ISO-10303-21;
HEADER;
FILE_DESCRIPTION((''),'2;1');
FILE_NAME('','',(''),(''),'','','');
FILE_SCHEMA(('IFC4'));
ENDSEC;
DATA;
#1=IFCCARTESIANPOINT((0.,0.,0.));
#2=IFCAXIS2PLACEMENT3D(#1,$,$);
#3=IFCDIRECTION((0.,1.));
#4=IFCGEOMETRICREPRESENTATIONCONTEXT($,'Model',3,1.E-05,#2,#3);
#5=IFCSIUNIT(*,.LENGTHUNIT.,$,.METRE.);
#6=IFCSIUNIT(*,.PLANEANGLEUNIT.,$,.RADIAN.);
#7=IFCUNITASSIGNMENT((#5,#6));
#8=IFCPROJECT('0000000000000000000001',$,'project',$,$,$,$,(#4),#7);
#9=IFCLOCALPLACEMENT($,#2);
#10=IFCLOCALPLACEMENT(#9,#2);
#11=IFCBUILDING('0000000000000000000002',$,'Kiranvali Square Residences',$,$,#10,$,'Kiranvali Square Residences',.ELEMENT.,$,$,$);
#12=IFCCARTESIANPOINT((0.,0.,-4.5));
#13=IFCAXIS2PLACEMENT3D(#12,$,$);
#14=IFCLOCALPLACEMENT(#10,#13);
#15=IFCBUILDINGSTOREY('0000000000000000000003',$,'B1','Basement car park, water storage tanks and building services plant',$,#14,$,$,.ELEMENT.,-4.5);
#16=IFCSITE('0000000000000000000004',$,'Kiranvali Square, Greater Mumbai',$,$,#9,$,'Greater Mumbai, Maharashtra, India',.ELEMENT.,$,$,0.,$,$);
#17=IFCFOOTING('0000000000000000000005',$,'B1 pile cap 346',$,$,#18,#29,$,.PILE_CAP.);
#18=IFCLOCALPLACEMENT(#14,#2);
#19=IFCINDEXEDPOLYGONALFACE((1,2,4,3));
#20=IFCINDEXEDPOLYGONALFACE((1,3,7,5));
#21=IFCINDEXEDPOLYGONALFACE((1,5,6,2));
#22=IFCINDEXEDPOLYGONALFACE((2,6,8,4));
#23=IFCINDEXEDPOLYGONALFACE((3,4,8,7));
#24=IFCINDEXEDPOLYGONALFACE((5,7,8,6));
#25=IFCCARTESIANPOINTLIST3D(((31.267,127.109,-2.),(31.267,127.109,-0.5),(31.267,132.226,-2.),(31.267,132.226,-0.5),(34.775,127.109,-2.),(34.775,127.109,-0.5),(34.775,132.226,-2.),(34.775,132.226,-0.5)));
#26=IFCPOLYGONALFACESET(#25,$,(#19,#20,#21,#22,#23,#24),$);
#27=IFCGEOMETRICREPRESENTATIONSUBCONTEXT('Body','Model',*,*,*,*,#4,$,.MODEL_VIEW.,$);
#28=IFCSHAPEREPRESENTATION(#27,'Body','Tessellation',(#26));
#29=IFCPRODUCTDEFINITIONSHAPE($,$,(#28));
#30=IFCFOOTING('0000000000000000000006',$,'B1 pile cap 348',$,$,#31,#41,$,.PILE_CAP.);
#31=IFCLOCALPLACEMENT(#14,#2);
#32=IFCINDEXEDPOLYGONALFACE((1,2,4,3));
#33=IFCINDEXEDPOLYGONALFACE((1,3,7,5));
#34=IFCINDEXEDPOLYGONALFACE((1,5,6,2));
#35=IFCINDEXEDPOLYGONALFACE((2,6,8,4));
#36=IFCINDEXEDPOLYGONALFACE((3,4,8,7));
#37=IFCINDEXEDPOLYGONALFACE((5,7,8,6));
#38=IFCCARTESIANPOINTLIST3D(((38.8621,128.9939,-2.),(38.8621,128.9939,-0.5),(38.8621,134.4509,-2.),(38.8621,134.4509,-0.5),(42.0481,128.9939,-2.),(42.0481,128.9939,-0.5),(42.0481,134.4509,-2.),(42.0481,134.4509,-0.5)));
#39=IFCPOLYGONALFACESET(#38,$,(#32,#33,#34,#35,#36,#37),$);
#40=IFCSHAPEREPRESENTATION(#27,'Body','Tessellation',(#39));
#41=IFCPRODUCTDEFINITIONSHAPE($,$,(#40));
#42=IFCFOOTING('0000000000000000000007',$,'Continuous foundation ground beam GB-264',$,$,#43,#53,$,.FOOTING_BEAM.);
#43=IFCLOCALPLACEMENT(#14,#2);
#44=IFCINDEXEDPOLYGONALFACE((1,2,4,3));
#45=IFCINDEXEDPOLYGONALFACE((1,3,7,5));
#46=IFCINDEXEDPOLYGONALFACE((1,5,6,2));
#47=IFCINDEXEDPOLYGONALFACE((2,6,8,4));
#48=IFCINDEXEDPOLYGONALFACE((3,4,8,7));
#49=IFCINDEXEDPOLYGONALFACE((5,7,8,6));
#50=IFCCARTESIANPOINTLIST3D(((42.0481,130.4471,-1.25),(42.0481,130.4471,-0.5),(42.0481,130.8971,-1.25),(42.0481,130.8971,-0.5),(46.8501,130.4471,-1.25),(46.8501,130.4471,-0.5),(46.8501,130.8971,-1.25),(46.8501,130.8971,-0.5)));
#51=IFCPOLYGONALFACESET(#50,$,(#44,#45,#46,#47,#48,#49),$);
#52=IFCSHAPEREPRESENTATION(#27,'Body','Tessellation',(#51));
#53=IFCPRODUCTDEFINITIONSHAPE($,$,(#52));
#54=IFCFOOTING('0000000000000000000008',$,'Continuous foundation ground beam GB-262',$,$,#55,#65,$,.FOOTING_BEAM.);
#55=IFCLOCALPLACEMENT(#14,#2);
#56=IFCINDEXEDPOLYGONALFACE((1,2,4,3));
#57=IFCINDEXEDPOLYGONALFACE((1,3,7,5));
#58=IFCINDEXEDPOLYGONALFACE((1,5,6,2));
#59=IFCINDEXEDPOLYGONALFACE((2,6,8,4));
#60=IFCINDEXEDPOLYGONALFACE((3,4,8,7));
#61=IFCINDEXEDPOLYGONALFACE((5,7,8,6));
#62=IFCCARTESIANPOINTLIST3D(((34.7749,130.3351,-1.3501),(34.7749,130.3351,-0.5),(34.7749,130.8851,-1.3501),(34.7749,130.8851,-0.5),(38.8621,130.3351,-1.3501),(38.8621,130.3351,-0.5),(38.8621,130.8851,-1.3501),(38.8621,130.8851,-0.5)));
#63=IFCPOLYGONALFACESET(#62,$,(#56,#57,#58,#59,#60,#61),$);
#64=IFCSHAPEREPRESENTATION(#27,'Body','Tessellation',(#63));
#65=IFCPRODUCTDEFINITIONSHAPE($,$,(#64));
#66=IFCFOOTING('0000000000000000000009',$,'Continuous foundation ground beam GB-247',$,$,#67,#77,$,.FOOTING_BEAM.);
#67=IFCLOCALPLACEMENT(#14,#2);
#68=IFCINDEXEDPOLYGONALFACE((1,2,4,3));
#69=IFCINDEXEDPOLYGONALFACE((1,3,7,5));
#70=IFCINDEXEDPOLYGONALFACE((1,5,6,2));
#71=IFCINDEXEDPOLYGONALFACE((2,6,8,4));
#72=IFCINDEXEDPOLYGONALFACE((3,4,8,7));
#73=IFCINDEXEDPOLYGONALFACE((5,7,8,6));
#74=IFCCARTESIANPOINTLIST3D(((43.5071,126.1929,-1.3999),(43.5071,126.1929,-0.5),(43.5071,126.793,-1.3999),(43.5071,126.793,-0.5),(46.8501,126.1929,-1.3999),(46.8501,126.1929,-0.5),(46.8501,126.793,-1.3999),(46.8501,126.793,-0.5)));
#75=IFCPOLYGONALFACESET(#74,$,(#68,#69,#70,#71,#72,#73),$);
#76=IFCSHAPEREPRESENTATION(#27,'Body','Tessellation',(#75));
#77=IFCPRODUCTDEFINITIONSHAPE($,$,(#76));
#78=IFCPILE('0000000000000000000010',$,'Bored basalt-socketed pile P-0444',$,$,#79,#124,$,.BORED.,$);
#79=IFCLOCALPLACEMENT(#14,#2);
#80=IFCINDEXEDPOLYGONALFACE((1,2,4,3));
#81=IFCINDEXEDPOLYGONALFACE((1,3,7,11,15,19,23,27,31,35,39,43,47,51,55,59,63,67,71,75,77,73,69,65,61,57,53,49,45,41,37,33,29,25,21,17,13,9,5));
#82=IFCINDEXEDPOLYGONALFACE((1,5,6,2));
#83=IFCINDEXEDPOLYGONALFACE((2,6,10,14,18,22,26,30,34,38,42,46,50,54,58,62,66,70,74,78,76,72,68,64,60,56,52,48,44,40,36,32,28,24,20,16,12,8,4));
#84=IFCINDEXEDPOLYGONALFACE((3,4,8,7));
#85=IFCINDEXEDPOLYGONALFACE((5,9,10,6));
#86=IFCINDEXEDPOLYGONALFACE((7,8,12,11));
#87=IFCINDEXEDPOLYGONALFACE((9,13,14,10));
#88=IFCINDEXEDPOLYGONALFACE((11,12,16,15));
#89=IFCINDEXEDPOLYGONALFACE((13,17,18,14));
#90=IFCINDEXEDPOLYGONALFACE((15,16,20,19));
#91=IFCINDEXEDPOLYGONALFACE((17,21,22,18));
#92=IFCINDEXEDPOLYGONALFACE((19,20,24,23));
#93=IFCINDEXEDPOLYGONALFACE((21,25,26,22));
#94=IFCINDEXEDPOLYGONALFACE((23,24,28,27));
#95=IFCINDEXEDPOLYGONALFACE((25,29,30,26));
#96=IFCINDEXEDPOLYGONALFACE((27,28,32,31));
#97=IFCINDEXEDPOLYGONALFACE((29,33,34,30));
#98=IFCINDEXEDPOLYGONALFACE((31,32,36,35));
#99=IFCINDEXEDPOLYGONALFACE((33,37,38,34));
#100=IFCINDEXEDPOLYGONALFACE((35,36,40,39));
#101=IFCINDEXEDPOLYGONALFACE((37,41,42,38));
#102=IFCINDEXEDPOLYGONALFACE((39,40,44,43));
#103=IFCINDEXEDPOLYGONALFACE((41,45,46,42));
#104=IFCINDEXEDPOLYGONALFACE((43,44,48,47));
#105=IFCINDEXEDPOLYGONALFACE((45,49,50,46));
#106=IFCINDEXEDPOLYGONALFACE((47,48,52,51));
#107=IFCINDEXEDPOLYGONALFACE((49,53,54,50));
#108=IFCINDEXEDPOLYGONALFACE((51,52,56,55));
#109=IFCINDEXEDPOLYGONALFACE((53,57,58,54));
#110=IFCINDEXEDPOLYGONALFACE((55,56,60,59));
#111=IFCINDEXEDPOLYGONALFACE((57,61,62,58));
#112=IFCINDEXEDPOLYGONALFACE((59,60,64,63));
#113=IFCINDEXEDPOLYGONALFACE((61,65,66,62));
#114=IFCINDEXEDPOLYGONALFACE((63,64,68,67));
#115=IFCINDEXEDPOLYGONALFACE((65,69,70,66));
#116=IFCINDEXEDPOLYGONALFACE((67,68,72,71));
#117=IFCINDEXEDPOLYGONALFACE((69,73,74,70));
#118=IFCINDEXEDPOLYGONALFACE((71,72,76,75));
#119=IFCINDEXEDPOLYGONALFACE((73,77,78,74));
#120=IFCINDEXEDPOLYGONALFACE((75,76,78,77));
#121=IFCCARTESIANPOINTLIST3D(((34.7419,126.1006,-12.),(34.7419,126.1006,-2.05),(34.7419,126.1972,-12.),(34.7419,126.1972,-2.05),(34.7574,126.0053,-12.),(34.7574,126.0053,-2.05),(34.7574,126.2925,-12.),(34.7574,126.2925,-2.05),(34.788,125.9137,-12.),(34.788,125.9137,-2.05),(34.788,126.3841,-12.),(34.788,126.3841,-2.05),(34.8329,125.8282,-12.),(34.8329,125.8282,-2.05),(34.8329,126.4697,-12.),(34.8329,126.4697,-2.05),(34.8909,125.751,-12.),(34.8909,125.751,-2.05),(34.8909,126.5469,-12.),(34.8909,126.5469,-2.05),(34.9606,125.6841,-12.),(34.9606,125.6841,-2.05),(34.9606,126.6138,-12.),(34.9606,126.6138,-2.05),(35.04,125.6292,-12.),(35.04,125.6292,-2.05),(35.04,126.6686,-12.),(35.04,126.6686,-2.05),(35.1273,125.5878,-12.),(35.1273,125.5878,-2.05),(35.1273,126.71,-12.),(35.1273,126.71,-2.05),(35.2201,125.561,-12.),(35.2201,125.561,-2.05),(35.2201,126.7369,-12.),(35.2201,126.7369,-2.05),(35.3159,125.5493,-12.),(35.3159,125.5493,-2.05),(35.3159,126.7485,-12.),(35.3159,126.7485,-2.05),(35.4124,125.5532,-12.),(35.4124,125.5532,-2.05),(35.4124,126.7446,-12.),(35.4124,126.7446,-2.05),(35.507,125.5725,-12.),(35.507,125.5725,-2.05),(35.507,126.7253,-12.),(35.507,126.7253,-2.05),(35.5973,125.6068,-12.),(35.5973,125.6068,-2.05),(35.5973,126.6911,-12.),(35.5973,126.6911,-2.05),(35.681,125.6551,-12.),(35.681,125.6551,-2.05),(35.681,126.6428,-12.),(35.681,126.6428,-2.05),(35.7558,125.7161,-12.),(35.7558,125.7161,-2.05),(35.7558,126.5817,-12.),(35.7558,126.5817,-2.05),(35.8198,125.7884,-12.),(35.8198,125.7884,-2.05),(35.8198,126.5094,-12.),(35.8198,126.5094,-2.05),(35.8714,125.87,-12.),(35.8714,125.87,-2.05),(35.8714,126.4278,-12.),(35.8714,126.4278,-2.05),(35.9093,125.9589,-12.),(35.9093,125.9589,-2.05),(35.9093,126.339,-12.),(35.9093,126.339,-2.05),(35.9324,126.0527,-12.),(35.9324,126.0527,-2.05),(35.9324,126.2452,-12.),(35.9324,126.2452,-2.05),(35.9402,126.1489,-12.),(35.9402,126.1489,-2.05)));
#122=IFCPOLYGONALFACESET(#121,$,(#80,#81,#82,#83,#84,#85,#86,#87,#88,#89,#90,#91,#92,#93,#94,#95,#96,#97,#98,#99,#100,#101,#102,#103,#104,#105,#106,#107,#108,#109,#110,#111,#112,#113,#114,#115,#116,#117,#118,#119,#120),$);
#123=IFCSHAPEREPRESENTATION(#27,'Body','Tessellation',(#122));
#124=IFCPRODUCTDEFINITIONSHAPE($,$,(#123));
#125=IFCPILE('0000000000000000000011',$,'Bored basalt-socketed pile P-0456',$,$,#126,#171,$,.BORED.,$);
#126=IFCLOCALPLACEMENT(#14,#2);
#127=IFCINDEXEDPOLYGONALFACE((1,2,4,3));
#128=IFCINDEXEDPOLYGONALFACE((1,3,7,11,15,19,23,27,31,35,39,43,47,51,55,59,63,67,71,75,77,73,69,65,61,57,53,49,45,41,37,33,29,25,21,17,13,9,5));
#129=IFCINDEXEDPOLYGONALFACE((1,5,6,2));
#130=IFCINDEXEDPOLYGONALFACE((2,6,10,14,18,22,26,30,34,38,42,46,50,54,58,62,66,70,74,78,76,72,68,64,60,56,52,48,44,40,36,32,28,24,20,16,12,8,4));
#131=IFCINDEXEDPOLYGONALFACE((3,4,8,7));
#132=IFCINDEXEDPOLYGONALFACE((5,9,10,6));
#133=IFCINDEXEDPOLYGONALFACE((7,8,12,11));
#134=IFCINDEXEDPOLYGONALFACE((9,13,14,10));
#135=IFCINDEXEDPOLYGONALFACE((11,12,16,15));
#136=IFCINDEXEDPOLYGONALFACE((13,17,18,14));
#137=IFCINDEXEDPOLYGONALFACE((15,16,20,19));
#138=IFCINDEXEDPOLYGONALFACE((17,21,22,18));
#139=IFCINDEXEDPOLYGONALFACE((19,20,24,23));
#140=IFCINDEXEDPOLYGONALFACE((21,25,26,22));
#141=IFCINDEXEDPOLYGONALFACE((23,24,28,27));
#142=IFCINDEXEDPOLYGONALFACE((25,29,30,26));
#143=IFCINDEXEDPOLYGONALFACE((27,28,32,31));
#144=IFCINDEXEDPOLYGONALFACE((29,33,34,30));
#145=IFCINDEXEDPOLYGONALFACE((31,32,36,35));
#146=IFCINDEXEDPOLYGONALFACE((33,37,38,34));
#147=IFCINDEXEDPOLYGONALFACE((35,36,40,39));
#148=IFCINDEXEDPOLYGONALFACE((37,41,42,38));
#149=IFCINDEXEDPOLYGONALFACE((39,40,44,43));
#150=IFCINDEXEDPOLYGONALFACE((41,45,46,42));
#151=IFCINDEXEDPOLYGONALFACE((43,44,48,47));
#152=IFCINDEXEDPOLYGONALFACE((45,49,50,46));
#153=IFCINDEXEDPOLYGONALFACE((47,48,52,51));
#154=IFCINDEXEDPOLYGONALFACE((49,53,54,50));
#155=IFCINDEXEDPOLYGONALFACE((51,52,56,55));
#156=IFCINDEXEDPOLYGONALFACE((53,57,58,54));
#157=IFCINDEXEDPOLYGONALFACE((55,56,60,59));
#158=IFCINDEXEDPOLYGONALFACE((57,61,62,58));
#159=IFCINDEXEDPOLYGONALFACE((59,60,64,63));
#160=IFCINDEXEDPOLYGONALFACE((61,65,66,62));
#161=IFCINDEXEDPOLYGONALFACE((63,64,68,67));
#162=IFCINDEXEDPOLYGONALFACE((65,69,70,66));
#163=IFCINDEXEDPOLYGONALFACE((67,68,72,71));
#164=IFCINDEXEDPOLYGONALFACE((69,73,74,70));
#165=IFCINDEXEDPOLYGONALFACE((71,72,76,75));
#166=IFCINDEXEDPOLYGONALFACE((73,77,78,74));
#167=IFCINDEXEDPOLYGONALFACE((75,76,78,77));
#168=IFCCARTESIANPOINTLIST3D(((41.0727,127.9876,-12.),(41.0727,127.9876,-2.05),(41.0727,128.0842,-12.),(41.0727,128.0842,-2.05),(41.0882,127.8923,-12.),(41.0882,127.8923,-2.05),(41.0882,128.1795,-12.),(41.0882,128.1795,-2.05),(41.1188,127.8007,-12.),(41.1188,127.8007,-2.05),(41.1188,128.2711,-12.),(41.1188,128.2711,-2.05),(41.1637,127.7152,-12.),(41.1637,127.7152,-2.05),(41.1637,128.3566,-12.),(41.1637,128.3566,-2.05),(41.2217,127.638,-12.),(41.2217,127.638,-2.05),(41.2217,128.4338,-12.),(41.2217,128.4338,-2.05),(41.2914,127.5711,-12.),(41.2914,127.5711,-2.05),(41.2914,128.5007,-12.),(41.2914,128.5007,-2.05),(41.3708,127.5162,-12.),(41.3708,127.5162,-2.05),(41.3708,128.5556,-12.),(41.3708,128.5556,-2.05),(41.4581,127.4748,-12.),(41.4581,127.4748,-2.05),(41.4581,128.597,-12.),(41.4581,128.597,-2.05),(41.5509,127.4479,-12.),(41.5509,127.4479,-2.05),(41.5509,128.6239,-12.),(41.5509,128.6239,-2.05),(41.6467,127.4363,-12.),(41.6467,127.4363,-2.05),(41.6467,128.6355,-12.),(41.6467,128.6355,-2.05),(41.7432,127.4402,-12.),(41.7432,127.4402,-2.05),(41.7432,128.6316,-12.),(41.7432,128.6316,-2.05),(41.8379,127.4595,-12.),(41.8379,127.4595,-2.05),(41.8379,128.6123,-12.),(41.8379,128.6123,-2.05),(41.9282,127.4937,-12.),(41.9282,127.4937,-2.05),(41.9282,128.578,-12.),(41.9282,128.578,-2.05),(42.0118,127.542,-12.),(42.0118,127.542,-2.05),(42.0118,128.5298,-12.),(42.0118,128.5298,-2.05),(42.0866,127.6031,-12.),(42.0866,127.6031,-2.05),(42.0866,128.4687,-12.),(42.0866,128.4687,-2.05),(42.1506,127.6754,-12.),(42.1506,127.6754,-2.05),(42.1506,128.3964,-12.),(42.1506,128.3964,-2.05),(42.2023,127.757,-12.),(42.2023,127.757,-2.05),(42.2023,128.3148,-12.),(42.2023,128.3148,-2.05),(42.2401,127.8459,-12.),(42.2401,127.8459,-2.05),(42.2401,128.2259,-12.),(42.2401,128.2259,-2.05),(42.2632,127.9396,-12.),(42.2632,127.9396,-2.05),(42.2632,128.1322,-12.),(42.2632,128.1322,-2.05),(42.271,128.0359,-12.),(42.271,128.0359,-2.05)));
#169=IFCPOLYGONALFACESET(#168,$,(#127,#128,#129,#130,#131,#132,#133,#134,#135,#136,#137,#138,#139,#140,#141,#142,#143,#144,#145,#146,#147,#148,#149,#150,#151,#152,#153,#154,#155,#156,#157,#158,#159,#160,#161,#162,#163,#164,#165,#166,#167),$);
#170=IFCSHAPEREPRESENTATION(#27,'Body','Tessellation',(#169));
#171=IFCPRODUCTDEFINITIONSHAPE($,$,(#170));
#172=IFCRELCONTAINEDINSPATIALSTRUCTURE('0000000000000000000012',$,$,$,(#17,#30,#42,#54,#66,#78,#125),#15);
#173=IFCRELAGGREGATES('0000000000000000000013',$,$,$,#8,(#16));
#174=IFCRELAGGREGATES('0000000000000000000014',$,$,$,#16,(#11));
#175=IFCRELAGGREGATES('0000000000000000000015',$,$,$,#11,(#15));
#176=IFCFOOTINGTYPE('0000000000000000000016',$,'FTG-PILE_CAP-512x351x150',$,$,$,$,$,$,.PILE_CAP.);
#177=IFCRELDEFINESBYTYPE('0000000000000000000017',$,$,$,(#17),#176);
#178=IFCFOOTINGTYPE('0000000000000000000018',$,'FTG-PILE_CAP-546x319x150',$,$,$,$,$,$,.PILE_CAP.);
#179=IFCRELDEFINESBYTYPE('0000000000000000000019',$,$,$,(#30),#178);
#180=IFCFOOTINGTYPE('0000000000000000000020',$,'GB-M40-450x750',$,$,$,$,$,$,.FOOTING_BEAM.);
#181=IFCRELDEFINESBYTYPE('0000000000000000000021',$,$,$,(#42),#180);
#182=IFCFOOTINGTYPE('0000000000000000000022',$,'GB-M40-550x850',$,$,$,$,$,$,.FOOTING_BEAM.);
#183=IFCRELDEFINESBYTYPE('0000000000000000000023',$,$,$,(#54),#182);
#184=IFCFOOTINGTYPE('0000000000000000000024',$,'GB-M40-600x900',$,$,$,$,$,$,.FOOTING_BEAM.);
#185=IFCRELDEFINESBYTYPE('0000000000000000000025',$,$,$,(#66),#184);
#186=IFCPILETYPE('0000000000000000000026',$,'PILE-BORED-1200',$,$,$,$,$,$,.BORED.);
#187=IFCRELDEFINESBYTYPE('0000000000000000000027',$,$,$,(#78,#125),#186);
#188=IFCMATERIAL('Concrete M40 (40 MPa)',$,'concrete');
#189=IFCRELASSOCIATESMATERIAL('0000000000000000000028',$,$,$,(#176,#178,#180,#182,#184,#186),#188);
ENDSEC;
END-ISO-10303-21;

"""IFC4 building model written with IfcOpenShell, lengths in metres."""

from ifc_helpers import new_model, si_unit, direction, frame, origin, origin_2d, place, context, subcontext, project, spatial, rectangle, circle, extrude, material, material_profile, profile_set, type_object, element, save


model = new_model("IFC4")

# Units and contexts
model_context = context("Model", 3, precision=1e-05, world=origin(), true_north=direction((0.0, 1.0)))
body_context = subcontext(model_context, "Body", "Model", "MODEL_VIEW")
ifc_project = project(units=[si_unit("LENGTHUNIT", "METRE"), si_unit("PLANEANGLEUNIT", "RADIAN")], contexts=[model_context])

# Site, building, storey
site_placement = place(None, origin())
site = spatial("IfcSite", under=ifc_project, at=site_placement, Name="Kiranvali Square, Greater Mumbai", LongName="Greater Mumbai, Maharashtra, India", CompositionType="ELEMENT", RefElevation=0.0)
building_placement = place(site_placement, origin())
building = spatial("IfcBuilding", under=site, at=building_placement, Name="Kiranvali Square Residences", LongName="Kiranvali Square Residences", CompositionType="ELEMENT")
storey_placement = place(building_placement, frame((0.0, 0.0, -4.5)))
storey = spatial("IfcBuildingStorey", under=building, at=storey_placement, Name="B1", Description="Basement car park, water storage tanks and building services plant", CompositionType="ELEMENT", Elevation=-4.5)

# Footings
ifc_material_1 = material(Name="Concrete M40 (40 MPa)", Category="concrete")
footing_type_1 = type_object("IfcFootingType", Name="FTG-PILE_CAP-512x351x150", PredefinedType="PILE_CAP", material=ifc_material_1)
footing_1_placement = place(storey_placement, frame((33.021, 129.6675, -2.0), z_axis=(0.0, 0.0, 1.0), x_axis=(0.0, 1.0, 0.0)))
element("IfcFooting", 1, at=footing_1_placement, inside=storey, type_object=footing_type_1, Name="B1 pile cap 346", PredefinedType="PILE_CAP", context=body_context, shape_type="SweptSolid", body=[
    extrude(rectangle(XDim=5.1169, YDim=3.5081, at=origin_2d()), origin(), (0.0, 0.0, 1.0), 1.5),
])
footing_type_2 = type_object("IfcFootingType", Name="FTG-PILE_CAP-546x319x150", PredefinedType="PILE_CAP", material=ifc_material_1)
footing_2_placement = place(storey_placement, frame((40.4551, 131.7224, -2.0), z_axis=(0.0, 0.0, 1.0), x_axis=(0.0, 1.0, 0.0)))
element("IfcFooting", 2, at=footing_2_placement, inside=storey, type_object=footing_type_2, Name="B1 pile cap 348", PredefinedType="PILE_CAP", context=body_context, shape_type="SweptSolid", body=[
    extrude(rectangle(XDim=5.457, YDim=3.186, at=origin_2d()), origin(), (0.0, 0.0, 1.0), 1.5),
])
ifc_material_profile_1 = material_profile(ifc_material_1, rectangle(XDim=0.45, YDim=0.75, at=origin_2d()), Name="GB 450x750")
ifc_profile_set_1 = profile_set([ifc_material_profile_1], Name="Concrete M40 (40 MPa)")
footing_type_3 = type_object("IfcFootingType", Name="GB-M40-450x750", PredefinedType="FOOTING_BEAM", material=ifc_profile_set_1)
footing_3_placement = place(storey_placement, frame((42.0481, 130.6721, -0.875), z_axis=(1.0, 0.0, 0.0), x_axis=(0.0, 1.0, 0.0)))
element("IfcFooting", 3, at=footing_3_placement, inside=storey, type_object=footing_type_3, Name="Continuous foundation ground beam GB-264", PredefinedType="FOOTING_BEAM", context=body_context, shape_type="SweptSolid", body=[
    extrude(rectangle(XDim=0.45, YDim=0.75, at=origin_2d()), origin(), (0.0, 0.0, 1.0), 4.802),
])
ifc_material_profile_2 = material_profile(ifc_material_1, rectangle(XDim=0.55, YDim=0.8501, at=origin_2d()), Name="GB 550x850")
ifc_profile_set_2 = profile_set([ifc_material_profile_2], Name="Concrete M40 (40 MPa)")
footing_type_4 = type_object("IfcFootingType", Name="GB-M40-550x850", PredefinedType="FOOTING_BEAM", material=ifc_profile_set_2)
footing_4_placement = place(storey_placement, frame((34.7749, 130.6101, -0.925), z_axis=(1.0, 0.0, 0.0), x_axis=(0.0, 1.0, 0.0)))
element("IfcFooting", 4, at=footing_4_placement, inside=storey, type_object=footing_type_4, Name="Continuous foundation ground beam GB-262", PredefinedType="FOOTING_BEAM", context=body_context, shape_type="SweptSolid", body=[
    extrude(rectangle(XDim=0.55, YDim=0.8501, at=origin_2d()), origin(), (0.0, 0.0, 1.0), 4.0872),
])
ifc_material_profile_3 = material_profile(ifc_material_1, rectangle(XDim=0.6001, YDim=0.8999, at=origin_2d()), Name="GB 600x900")
ifc_profile_set_3 = profile_set([ifc_material_profile_3], Name="Concrete M40 (40 MPa)")
footing_type_5 = type_object("IfcFootingType", Name="GB-M40-600x900", PredefinedType="FOOTING_BEAM", material=ifc_profile_set_3)
footing_5_placement = place(storey_placement, frame((43.5071, 126.4929, -0.95), z_axis=(1.0, 0.0, 0.0), x_axis=(0.0, 1.0, 0.0)))
element("IfcFooting", 5, at=footing_5_placement, inside=storey, type_object=footing_type_5, Name="Continuous foundation ground beam GB-247", PredefinedType="FOOTING_BEAM", context=body_context, shape_type="SweptSolid", body=[
    extrude(rectangle(XDim=0.6001, YDim=0.8999, at=origin_2d()), origin(), (0.0, 0.0, 1.0), 3.343),
])

# Piles
ifc_material_profile_4 = material_profile(ifc_material_1, circle(Radius=0.6001, at=origin_2d()), Name="BORED PILE 1200")
ifc_profile_set_4 = profile_set([ifc_material_profile_4], Name="Concrete M40 (40 MPa)")
pile_type = type_object("IfcPileType", Name="PILE-BORED-1200", PredefinedType="BORED", material=ifc_profile_set_4)
for number, where, z_axis, x_axis, name in (
    (6, (35.3401, 126.1489, -2.05), (0.0, 0.0, -1.0), (1.0, 0.0, 0.0), "Bored basalt-socketed pile P-0444"),
    (7, (41.6709, 128.0359, -2.05), (0.0, 0.0, -1.0), (1.0, 0.0, 0.0), "Bored basalt-socketed pile P-0456"),
):
    element("IfcPile", number, at=place(storey_placement, frame(where, z_axis=z_axis, x_axis=x_axis)), inside=storey, type_object=pile_type, Name=name, PredefinedType="BORED", context=body_context, shape_type="SweptSolid", body=[
        extrude(circle(Radius=0.6001, at=origin_2d()), origin(), (0.0, 0.0, 1.0), 9.95),
    ])

save(model, "model.ifc")
